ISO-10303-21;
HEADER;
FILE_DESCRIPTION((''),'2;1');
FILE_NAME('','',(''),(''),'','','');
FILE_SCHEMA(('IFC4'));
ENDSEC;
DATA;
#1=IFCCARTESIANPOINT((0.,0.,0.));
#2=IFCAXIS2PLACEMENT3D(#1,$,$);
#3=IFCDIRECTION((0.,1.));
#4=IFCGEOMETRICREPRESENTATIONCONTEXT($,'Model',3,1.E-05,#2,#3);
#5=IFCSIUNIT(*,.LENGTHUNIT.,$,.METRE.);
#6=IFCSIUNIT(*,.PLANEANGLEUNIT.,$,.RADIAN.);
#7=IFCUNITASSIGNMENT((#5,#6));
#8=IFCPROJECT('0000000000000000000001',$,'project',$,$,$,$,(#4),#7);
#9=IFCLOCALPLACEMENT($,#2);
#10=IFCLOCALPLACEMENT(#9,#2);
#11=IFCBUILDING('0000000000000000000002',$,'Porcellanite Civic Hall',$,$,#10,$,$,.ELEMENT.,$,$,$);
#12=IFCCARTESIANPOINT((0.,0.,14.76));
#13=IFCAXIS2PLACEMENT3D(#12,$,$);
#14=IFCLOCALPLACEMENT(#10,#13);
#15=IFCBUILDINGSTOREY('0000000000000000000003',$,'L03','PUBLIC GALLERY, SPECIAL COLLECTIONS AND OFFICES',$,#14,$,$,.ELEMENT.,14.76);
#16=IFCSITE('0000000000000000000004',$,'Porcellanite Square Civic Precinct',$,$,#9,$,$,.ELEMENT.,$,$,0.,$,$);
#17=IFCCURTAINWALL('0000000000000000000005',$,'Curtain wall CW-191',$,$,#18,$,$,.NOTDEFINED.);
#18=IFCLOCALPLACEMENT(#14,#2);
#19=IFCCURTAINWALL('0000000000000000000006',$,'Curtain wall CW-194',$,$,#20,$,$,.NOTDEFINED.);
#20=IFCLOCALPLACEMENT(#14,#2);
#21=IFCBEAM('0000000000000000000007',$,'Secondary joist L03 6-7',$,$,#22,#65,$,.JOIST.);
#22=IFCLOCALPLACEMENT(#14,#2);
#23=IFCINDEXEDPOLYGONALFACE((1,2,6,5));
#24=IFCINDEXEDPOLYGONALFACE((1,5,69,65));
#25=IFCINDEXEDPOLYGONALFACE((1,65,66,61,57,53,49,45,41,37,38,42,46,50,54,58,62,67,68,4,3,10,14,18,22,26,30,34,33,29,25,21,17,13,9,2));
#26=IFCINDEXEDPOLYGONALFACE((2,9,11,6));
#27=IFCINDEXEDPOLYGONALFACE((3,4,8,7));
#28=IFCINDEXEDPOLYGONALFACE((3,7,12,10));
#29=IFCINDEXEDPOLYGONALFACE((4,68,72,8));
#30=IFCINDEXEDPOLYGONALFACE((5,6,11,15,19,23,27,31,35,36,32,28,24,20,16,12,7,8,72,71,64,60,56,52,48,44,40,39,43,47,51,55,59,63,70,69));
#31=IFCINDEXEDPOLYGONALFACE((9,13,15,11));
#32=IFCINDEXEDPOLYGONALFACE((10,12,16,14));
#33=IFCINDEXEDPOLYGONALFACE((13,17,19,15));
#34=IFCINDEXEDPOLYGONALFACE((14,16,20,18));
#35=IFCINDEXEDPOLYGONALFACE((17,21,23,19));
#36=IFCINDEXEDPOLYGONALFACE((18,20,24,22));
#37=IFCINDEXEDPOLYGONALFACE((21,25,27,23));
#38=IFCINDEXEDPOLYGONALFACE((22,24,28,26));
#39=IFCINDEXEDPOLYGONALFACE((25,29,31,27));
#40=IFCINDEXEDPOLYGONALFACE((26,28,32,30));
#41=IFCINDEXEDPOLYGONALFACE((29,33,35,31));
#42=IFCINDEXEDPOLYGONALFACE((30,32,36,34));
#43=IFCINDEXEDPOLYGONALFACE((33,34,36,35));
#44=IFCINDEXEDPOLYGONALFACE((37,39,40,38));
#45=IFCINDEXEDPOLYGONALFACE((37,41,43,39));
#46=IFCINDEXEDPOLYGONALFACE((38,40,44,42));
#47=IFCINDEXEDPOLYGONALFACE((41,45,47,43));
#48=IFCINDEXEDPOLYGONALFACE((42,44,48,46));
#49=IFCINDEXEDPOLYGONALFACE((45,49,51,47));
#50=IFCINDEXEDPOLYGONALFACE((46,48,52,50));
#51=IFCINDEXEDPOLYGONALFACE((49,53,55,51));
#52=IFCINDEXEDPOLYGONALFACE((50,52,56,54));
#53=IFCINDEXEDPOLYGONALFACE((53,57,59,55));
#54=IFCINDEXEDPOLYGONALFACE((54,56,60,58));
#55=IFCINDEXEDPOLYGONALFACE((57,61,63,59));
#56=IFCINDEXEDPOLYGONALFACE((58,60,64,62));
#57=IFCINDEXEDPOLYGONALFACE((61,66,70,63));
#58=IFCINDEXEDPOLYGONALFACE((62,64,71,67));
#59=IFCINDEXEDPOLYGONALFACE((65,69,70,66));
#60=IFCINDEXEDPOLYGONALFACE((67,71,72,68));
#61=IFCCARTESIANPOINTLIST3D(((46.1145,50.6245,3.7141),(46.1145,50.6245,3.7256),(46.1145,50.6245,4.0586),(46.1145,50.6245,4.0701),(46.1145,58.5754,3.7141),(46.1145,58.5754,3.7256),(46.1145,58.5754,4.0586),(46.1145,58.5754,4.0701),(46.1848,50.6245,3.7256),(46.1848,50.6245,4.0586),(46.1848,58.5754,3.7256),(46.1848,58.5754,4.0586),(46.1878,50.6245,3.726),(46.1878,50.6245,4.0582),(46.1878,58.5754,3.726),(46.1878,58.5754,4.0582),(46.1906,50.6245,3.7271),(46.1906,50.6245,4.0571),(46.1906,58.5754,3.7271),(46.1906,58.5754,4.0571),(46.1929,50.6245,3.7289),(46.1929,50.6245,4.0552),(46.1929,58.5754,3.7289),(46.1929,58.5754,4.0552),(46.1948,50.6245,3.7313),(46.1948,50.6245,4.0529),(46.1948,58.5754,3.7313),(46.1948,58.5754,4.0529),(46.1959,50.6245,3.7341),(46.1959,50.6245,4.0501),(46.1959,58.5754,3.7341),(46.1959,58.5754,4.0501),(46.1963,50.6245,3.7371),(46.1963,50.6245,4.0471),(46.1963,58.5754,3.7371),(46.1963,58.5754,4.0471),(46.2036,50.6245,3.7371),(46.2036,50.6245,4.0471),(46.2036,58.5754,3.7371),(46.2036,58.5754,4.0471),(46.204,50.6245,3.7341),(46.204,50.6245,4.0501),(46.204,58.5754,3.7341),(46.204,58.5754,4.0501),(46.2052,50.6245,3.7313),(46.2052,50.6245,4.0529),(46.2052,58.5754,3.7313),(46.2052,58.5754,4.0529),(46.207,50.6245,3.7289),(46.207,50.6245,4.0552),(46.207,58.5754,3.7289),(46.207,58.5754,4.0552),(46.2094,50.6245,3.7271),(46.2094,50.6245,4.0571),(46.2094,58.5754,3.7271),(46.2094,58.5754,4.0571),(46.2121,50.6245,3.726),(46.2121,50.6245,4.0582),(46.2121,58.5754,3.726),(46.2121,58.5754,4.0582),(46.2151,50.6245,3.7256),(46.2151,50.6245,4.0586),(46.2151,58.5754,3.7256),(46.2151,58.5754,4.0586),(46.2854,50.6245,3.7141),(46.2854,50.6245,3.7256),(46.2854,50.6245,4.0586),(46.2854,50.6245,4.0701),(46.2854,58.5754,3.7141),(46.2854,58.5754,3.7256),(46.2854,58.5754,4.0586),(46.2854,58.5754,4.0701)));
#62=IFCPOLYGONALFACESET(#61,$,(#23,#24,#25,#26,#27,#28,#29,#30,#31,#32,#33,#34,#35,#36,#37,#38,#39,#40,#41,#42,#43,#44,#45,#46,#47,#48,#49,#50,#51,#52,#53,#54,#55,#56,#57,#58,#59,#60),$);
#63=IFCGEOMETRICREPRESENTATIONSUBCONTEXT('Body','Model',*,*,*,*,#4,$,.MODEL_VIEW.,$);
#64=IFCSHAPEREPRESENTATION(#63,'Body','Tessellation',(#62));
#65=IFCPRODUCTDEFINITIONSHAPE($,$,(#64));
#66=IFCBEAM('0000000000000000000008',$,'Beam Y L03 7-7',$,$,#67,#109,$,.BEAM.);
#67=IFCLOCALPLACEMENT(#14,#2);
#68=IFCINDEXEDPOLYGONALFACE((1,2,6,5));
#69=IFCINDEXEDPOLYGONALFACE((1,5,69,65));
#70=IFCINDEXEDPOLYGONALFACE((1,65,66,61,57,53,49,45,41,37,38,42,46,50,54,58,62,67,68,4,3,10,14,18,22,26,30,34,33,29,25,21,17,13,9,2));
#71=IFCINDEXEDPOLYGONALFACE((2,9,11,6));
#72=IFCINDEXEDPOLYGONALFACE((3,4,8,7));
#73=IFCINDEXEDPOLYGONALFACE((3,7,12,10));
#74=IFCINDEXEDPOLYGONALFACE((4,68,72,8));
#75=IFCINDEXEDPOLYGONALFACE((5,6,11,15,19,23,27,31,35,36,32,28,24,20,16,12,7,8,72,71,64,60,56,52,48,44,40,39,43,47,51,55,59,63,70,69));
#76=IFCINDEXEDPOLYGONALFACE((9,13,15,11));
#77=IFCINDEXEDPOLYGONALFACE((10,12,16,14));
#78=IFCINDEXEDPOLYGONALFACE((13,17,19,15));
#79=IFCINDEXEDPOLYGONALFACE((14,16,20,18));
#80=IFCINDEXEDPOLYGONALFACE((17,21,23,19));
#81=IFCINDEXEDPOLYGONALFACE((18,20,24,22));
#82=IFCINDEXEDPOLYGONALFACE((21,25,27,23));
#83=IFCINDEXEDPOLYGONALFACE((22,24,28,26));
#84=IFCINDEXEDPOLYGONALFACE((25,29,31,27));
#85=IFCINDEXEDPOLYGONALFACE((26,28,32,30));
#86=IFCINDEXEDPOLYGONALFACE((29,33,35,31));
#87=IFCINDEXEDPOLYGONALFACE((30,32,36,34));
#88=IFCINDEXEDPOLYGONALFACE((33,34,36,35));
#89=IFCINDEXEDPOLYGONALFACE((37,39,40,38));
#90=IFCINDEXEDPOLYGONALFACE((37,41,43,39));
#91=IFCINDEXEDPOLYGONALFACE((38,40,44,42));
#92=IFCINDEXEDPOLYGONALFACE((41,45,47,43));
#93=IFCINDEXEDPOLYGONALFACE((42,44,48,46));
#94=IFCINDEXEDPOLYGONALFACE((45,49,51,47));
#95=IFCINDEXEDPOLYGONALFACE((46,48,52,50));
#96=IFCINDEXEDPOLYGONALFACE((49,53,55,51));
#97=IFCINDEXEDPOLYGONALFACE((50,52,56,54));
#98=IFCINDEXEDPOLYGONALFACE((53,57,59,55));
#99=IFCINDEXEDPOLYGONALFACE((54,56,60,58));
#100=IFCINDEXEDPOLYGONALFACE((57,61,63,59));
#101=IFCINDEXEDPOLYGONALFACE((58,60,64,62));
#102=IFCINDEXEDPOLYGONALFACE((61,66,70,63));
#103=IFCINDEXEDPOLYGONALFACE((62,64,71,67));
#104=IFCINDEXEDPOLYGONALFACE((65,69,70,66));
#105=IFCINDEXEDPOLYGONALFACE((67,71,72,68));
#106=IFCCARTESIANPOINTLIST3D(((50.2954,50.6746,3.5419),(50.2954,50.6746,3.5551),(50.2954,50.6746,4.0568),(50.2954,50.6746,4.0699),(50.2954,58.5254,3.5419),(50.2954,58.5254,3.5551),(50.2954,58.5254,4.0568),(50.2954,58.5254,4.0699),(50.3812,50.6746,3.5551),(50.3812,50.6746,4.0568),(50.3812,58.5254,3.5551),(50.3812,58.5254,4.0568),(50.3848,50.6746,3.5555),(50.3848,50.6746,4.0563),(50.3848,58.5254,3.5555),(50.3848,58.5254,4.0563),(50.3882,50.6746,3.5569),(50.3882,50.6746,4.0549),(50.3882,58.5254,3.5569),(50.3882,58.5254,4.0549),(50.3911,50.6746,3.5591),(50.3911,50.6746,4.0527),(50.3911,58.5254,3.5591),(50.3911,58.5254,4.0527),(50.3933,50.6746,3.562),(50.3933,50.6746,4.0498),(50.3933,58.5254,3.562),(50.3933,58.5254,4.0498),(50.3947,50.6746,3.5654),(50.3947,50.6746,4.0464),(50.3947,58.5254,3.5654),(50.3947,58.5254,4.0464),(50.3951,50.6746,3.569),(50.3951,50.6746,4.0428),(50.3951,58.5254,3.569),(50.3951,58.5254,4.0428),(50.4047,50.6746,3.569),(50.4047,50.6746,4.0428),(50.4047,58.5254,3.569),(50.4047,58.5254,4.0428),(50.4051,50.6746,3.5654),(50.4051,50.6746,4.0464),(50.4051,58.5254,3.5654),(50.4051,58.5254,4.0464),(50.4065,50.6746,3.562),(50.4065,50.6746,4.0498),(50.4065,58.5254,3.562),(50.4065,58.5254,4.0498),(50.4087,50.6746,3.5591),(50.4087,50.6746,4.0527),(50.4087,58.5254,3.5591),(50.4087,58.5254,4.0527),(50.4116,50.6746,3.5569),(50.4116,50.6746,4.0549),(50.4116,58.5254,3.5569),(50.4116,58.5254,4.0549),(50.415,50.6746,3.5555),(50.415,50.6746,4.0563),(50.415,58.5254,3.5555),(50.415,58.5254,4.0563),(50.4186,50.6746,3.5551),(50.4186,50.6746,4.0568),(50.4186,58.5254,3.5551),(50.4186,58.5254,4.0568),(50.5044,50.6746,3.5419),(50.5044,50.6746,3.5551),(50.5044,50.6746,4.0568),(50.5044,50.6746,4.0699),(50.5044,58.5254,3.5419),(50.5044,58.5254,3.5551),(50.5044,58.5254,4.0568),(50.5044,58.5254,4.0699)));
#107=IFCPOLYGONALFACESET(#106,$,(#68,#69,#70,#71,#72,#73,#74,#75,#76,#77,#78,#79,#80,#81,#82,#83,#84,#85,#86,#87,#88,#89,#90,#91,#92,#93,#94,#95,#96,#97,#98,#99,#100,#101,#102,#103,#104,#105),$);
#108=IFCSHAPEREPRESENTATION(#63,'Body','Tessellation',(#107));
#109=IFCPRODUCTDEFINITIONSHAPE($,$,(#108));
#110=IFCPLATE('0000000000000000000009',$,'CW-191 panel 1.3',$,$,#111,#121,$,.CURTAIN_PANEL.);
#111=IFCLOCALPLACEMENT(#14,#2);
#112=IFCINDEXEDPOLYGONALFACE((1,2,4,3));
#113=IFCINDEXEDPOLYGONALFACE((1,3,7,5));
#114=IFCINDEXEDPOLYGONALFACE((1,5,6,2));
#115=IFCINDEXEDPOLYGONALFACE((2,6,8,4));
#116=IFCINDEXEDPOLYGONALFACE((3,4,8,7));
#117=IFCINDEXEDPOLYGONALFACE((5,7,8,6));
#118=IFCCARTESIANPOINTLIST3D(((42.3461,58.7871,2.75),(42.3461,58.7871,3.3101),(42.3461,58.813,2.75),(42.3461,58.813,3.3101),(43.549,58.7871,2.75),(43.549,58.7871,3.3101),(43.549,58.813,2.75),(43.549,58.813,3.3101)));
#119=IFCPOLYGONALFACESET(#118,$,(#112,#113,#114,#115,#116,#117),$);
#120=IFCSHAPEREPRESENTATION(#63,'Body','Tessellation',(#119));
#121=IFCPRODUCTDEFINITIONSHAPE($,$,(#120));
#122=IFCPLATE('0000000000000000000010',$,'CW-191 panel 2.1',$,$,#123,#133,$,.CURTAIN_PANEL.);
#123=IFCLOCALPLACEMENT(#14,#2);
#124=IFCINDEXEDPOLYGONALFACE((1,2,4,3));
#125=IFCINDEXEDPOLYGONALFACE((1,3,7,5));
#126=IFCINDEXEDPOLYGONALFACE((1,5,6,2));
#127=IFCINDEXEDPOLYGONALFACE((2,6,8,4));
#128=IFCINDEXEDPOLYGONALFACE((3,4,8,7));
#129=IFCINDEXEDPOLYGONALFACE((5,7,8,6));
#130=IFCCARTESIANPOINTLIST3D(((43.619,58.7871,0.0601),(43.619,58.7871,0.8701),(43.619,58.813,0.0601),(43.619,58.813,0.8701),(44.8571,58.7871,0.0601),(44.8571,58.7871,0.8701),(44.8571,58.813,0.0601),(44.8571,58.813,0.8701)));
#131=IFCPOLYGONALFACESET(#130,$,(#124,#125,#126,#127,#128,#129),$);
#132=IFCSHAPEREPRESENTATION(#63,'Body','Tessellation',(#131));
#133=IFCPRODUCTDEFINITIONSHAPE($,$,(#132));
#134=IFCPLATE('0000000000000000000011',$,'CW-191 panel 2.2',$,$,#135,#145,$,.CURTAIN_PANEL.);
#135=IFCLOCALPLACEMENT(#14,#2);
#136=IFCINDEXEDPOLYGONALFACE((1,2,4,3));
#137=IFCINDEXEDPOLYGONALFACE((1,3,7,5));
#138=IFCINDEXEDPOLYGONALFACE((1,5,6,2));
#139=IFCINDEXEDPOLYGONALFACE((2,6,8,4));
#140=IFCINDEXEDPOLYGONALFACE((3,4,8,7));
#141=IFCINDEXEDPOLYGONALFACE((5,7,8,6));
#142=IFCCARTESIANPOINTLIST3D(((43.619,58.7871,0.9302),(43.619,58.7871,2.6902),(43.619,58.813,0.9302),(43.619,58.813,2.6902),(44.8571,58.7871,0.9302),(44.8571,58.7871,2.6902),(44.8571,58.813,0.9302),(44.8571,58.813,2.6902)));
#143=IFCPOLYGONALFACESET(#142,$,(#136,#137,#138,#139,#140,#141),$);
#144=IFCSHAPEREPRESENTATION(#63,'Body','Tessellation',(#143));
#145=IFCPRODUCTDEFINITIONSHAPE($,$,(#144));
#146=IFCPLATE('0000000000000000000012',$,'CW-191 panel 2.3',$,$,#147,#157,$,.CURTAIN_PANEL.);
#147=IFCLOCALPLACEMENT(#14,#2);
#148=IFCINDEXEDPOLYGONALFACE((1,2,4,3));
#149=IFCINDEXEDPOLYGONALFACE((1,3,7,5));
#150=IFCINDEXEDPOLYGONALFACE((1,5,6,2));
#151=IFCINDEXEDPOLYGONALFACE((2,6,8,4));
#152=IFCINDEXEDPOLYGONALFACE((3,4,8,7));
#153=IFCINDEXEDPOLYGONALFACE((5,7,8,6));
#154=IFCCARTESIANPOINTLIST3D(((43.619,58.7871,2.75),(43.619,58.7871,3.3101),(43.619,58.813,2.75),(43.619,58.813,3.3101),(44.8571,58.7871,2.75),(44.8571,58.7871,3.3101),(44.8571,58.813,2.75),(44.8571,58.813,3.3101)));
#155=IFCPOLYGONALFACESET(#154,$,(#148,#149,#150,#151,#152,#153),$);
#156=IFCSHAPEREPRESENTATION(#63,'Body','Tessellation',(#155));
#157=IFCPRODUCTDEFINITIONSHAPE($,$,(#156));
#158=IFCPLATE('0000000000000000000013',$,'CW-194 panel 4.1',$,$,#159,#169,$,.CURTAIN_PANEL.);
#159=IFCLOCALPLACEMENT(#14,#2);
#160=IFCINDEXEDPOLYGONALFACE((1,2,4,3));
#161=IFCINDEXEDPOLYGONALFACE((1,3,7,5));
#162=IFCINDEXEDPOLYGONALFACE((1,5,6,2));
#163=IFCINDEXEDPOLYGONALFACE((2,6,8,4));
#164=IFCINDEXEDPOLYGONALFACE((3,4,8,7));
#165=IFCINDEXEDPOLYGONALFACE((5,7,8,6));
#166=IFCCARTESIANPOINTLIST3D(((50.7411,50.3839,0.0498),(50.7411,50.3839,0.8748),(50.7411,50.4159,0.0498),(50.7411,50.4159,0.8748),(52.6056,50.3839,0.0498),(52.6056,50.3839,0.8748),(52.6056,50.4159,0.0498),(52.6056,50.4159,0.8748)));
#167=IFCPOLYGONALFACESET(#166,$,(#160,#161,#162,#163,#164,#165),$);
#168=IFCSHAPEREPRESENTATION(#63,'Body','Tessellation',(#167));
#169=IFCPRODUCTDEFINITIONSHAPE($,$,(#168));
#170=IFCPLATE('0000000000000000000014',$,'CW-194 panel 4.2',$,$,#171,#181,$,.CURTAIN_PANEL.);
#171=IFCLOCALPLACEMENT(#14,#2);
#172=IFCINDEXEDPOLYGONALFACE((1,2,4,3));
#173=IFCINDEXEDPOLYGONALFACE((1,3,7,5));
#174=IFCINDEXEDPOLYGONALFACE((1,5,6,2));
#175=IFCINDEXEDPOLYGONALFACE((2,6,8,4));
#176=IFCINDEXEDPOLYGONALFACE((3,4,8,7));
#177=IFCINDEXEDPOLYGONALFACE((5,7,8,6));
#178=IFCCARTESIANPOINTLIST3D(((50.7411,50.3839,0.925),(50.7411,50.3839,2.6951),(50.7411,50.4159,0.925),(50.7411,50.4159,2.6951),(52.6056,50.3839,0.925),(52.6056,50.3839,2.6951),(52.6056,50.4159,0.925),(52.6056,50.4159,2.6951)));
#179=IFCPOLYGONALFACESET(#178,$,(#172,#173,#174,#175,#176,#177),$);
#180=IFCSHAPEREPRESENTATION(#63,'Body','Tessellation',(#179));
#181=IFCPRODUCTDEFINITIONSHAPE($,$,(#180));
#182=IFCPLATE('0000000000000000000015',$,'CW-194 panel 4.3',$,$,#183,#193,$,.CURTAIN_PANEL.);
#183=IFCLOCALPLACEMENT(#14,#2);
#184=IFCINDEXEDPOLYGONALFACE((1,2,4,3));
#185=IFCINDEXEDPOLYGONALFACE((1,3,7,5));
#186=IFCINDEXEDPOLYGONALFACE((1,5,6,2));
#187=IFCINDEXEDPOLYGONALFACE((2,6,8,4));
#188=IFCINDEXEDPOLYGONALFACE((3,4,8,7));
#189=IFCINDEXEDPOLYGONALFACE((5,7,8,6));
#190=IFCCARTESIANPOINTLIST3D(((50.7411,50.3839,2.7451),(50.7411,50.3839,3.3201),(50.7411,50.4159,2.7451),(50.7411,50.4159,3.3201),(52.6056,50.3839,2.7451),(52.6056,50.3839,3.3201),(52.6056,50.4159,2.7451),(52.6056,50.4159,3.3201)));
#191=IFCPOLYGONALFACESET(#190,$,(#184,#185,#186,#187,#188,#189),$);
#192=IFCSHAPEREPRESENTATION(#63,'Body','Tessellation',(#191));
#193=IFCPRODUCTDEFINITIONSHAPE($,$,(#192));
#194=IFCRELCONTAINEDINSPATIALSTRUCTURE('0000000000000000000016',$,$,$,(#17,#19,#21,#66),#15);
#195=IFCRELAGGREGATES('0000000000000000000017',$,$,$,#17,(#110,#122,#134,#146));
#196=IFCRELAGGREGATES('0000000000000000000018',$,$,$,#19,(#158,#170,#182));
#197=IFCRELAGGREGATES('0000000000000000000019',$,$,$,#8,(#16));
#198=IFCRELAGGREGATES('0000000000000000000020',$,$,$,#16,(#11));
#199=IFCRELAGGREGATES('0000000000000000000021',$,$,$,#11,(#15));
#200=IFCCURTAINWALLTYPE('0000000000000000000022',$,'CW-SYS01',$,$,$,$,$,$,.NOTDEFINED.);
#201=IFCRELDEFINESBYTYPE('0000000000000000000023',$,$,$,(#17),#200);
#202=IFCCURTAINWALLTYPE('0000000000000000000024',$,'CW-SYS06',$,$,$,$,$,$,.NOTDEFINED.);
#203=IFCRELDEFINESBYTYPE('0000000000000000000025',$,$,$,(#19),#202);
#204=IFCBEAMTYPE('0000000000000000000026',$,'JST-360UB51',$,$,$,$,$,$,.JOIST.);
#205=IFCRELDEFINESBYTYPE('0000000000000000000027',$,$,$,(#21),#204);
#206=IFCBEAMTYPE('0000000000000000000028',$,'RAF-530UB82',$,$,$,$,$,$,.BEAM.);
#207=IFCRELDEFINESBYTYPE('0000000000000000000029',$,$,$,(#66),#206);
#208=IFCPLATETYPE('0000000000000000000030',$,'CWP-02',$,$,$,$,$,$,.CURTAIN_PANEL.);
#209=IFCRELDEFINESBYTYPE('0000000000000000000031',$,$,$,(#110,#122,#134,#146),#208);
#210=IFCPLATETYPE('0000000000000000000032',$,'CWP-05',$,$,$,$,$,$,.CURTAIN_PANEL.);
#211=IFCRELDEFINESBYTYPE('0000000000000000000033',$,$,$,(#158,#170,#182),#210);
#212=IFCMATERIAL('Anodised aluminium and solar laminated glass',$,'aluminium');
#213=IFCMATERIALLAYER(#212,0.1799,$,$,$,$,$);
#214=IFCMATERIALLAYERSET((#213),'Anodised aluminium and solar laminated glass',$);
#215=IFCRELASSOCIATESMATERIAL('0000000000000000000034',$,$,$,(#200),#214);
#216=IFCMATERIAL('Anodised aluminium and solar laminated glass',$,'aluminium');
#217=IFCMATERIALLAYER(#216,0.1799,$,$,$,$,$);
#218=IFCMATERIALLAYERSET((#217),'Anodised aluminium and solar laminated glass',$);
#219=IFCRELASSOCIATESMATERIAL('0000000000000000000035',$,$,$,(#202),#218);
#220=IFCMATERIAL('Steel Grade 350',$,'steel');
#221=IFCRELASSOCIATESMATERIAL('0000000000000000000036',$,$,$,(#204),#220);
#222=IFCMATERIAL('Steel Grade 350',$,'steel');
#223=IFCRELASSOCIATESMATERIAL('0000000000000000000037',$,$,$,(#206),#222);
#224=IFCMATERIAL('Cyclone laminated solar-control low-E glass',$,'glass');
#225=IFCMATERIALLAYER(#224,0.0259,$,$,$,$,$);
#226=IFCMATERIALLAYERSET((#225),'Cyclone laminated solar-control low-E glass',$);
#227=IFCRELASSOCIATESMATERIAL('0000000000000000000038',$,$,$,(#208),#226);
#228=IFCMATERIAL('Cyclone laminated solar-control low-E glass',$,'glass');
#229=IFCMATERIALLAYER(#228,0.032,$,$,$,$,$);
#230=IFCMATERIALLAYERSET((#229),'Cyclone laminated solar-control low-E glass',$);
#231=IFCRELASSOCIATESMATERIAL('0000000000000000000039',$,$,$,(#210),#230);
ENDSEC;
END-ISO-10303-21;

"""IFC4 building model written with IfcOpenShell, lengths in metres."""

from ifc_helpers import new_model, si_unit, direction, frame, origin, origin_2d, place, context, subcontext, project, spatial, rectangle, i_section, extrude, material, layer, layer_set, material_profile, profile_set, type_object, element, aggregate, save


model = new_model("IFC4")

# Units and contexts
model_context = context("Model", 3, precision=1e-05, world=origin(), true_north=direction((0.0, 1.0)))
body_context = subcontext(model_context, "Body", "Model", "MODEL_VIEW")
ifc_project = project(units=[si_unit("LENGTHUNIT", "METRE"), si_unit("PLANEANGLEUNIT", "RADIAN")], contexts=[model_context])

# Site, building, storey
site_placement = place(None, origin())
site = spatial("IfcSite", under=ifc_project, at=site_placement, Name="Porcellanite Square Civic Precinct", CompositionType="ELEMENT", RefElevation=0.0)
building_placement = place(site_placement, origin())
building = spatial("IfcBuilding", under=site, at=building_placement, Name="Porcellanite Civic Hall", CompositionType="ELEMENT")
storey_placement = place(building_placement, frame((0.0, 0.0, 14.76)))
storey = spatial("IfcBuildingStorey", under=building, at=storey_placement, Name="L03", Description="PUBLIC GALLERY, SPECIAL COLLECTIONS AND OFFICES", CompositionType="ELEMENT", Elevation=14.76)

# Curtain wall
ifc_material_1 = material(Name="Anodised aluminium and solar laminated glass", Category="aluminium")
ifc_layer_1 = layer(ifc_material_1, 0.1799)
ifc_layer_set_1 = layer_set([ifc_layer_1], Name="Anodised aluminium and solar laminated glass")
curtain_wall_type_1 = type_object("IfcCurtainWallType", Name="CW-SYS01", PredefinedType="NOTDEFINED", material=ifc_layer_set_1)
curtain_wall_1_placement = place(storey_placement, origin())
curtain_wall_1 = element("IfcCurtainWall", 1, at=curtain_wall_1_placement, inside=storey, type_object=curtain_wall_type_1, Name="Curtain wall CW-191", PredefinedType="NOTDEFINED")

# Curtain wall
ifc_material_2 = material(Name="Anodised aluminium and solar laminated glass", Category="aluminium")
ifc_layer_2 = layer(ifc_material_2, 0.1799)
ifc_layer_set_2 = layer_set([ifc_layer_2], Name="Anodised aluminium and solar laminated glass")
curtain_wall_type_2 = type_object("IfcCurtainWallType", Name="CW-SYS06", PredefinedType="NOTDEFINED", material=ifc_layer_set_2)
curtain_wall_2_placement = place(storey_placement, origin())
curtain_wall_2 = element("IfcCurtainWall", 2, at=curtain_wall_2_placement, inside=storey, type_object=curtain_wall_type_2, Name="Curtain wall CW-194", PredefinedType="NOTDEFINED")

# Beams
ifc_material_3 = material(Name="Steel Grade 350", Category="steel")
ifc_material_profile_1 = material_profile(ifc_material_3, i_section(OverallWidth=0.1709, OverallDepth=0.356, WebThickness=0.0073, FlangeThickness=0.0115, FilletRadius=0.0115, at=origin_2d()), Name="360UB50.7")
ifc_profile_set_1 = profile_set([ifc_material_profile_1], Name="Steel Grade 350")
beam_type_1 = type_object("IfcBeamType", Name="JST-360UB51", PredefinedType="JOIST", material=ifc_profile_set_1)
beam_1_placement = place(storey_placement, frame((46.2, 50.6245, 3.8921), z_axis=(0.0, 1.0, 0.0), x_axis=(-1.0, 0.0, 0.0)))
element("IfcBeam", 3, at=beam_1_placement, inside=storey, type_object=beam_type_1, Name="Secondary joist L03 6-7", PredefinedType="JOIST", context=body_context, shape_type="SweptSolid", body=[
    extrude(i_section(OverallWidth=0.1709, OverallDepth=0.356, WebThickness=0.0073, FlangeThickness=0.0115, FilletRadius=0.0115, at=origin_2d()), origin(), (0.0, 0.0, 1.0), 7.9509),
])
ifc_material_4 = material(Name="Steel Grade 350", Category="steel")
ifc_material_profile_2 = material_profile(ifc_material_4, i_section(OverallWidth=0.209, OverallDepth=0.5281, WebThickness=0.0095, FlangeThickness=0.0132, FilletRadius=0.0139, at=origin_2d()), Name="530UB82.0")
ifc_profile_set_2 = profile_set([ifc_material_profile_2], Name="Steel Grade 350")
beam_type_2 = type_object("IfcBeamType", Name="RAF-530UB82", PredefinedType="BEAM", material=ifc_profile_set_2)
beam_2_placement = place(storey_placement, frame((50.3999, 50.6746, 3.8059), z_axis=(0.0, 1.0, 0.0), x_axis=(-1.0, 0.0, 0.0)))
element("IfcBeam", 4, at=beam_2_placement, inside=storey, type_object=beam_type_2, Name="Beam Y L03 7-7", PredefinedType="BEAM", context=body_context, shape_type="SweptSolid", body=[
    extrude(i_section(OverallWidth=0.209, OverallDepth=0.5281, WebThickness=0.0095, FlangeThickness=0.0132, FilletRadius=0.0139, at=origin_2d()), origin(), (0.0, 0.0, 1.0), 7.8508),
])

# Plates
ifc_material_5 = material(Name="Cyclone laminated solar-control low-E glass", Category="glass")
ifc_layer_3 = layer(ifc_material_5, 0.0259)
ifc_layer_set_3 = layer_set([ifc_layer_3], Name="Cyclone laminated solar-control low-E glass")
plate_type_1 = type_object("IfcPlateType", Name="CWP-02", PredefinedType="CURTAIN_PANEL", material=ifc_layer_set_3)
plate_1_placement = place(storey_placement, frame((42.9475, 58.8, 2.75), z_axis=(0.0, 0.0, 1.0), x_axis=(1.0, 0.0, 0.0)))
plate_1 = element("IfcPlate", 5, at=plate_1_placement, type_object=plate_type_1, Name="CW-191 panel 1.3", PredefinedType="CURTAIN_PANEL", context=body_context, shape_type="SweptSolid", body=[
    extrude(rectangle(XDim=1.2029, YDim=0.0259, at=origin_2d()), origin(), (0.0, 0.0, 1.0), 0.5601),
])
plate_2_placement = place(storey_placement, frame((44.238, 58.8, 0.0601), z_axis=(0.0, 0.0, 1.0), x_axis=(1.0, 0.0, 0.0)))
plate_2 = element("IfcPlate", 6, at=plate_2_placement, type_object=plate_type_1, Name="CW-191 panel 2.1", PredefinedType="CURTAIN_PANEL", context=body_context, shape_type="SweptSolid", body=[
    extrude(rectangle(XDim=1.238, YDim=0.0259, at=origin_2d()), origin(), (0.0, 0.0, 1.0), 0.8101),
])
plate_3_placement = place(storey_placement, frame((44.238, 58.8, 0.9302), z_axis=(0.0, 0.0, 1.0), x_axis=(1.0, 0.0, 0.0)))
plate_3 = element("IfcPlate", 7, at=plate_3_placement, type_object=plate_type_1, Name="CW-191 panel 2.2", PredefinedType="CURTAIN_PANEL", context=body_context, shape_type="SweptSolid", body=[
    extrude(rectangle(XDim=1.238, YDim=0.0259, at=origin_2d()), origin(), (0.0, 0.0, 1.0), 1.76),
])
plate_4_placement = place(storey_placement, frame((44.238, 58.8, 2.75), z_axis=(0.0, 0.0, 1.0), x_axis=(1.0, 0.0, 0.0)))
plate_4 = element("IfcPlate", 8, at=plate_4_placement, type_object=plate_type_1, Name="CW-191 panel 2.3", PredefinedType="CURTAIN_PANEL", context=body_context, shape_type="SweptSolid", body=[
    extrude(rectangle(XDim=1.238, YDim=0.0259, at=origin_2d()), origin(), (0.0, 0.0, 1.0), 0.5601),
])
aggregate(curtain_wall_1, [plate_1, plate_2, plate_3, plate_4])
ifc_material_6 = material(Name="Cyclone laminated solar-control low-E glass", Category="glass")
ifc_layer_4 = layer(ifc_material_6, 0.032)
ifc_layer_set_4 = layer_set([ifc_layer_4], Name="Cyclone laminated solar-control low-E glass")
plate_type_2 = type_object("IfcPlateType", Name="CWP-05", PredefinedType="CURTAIN_PANEL", material=ifc_layer_set_4)
plate_5_placement = place(storey_placement, frame((51.6733, 50.3999, 0.0498), z_axis=(0.0, 0.0, 1.0), x_axis=(-1.0, 0.0, 0.0)))
plate_5 = element("IfcPlate", 9, at=plate_5_placement, type_object=plate_type_2, Name="CW-194 panel 4.1", PredefinedType="CURTAIN_PANEL", context=body_context, shape_type="SweptSolid", body=[
    extrude(rectangle(XDim=1.8645, YDim=0.032, at=origin_2d()), origin(), (0.0, 0.0, 1.0), 0.825),
])
plate_6_placement = place(storey_placement, frame((51.6733, 50.3999, 0.925), z_axis=(0.0, 0.0, 1.0), x_axis=(-1.0, 0.0, 0.0)))
plate_6 = element("IfcPlate", 10, at=plate_6_placement, type_object=plate_type_2, Name="CW-194 panel 4.2", PredefinedType="CURTAIN_PANEL", context=body_context, shape_type="SweptSolid", body=[
    extrude(rectangle(XDim=1.8645, YDim=0.032, at=origin_2d()), origin(), (0.0, 0.0, 1.0), 1.77),
])
plate_7_placement = place(storey_placement, frame((51.6733, 50.3999, 2.7451), z_axis=(0.0, 0.0, 1.0), x_axis=(-1.0, 0.0, 0.0)))
plate_7 = element("IfcPlate", 11, at=plate_7_placement, type_object=plate_type_2, Name="CW-194 panel 4.3", PredefinedType="CURTAIN_PANEL", context=body_context, shape_type="SweptSolid", body=[
    extrude(rectangle(XDim=1.8645, YDim=0.032, at=origin_2d()), origin(), (0.0, 0.0, 1.0), 0.575),
])
aggregate(curtain_wall_2, [plate_5, plate_6, plate_7])

save(model, "model.ifc")
